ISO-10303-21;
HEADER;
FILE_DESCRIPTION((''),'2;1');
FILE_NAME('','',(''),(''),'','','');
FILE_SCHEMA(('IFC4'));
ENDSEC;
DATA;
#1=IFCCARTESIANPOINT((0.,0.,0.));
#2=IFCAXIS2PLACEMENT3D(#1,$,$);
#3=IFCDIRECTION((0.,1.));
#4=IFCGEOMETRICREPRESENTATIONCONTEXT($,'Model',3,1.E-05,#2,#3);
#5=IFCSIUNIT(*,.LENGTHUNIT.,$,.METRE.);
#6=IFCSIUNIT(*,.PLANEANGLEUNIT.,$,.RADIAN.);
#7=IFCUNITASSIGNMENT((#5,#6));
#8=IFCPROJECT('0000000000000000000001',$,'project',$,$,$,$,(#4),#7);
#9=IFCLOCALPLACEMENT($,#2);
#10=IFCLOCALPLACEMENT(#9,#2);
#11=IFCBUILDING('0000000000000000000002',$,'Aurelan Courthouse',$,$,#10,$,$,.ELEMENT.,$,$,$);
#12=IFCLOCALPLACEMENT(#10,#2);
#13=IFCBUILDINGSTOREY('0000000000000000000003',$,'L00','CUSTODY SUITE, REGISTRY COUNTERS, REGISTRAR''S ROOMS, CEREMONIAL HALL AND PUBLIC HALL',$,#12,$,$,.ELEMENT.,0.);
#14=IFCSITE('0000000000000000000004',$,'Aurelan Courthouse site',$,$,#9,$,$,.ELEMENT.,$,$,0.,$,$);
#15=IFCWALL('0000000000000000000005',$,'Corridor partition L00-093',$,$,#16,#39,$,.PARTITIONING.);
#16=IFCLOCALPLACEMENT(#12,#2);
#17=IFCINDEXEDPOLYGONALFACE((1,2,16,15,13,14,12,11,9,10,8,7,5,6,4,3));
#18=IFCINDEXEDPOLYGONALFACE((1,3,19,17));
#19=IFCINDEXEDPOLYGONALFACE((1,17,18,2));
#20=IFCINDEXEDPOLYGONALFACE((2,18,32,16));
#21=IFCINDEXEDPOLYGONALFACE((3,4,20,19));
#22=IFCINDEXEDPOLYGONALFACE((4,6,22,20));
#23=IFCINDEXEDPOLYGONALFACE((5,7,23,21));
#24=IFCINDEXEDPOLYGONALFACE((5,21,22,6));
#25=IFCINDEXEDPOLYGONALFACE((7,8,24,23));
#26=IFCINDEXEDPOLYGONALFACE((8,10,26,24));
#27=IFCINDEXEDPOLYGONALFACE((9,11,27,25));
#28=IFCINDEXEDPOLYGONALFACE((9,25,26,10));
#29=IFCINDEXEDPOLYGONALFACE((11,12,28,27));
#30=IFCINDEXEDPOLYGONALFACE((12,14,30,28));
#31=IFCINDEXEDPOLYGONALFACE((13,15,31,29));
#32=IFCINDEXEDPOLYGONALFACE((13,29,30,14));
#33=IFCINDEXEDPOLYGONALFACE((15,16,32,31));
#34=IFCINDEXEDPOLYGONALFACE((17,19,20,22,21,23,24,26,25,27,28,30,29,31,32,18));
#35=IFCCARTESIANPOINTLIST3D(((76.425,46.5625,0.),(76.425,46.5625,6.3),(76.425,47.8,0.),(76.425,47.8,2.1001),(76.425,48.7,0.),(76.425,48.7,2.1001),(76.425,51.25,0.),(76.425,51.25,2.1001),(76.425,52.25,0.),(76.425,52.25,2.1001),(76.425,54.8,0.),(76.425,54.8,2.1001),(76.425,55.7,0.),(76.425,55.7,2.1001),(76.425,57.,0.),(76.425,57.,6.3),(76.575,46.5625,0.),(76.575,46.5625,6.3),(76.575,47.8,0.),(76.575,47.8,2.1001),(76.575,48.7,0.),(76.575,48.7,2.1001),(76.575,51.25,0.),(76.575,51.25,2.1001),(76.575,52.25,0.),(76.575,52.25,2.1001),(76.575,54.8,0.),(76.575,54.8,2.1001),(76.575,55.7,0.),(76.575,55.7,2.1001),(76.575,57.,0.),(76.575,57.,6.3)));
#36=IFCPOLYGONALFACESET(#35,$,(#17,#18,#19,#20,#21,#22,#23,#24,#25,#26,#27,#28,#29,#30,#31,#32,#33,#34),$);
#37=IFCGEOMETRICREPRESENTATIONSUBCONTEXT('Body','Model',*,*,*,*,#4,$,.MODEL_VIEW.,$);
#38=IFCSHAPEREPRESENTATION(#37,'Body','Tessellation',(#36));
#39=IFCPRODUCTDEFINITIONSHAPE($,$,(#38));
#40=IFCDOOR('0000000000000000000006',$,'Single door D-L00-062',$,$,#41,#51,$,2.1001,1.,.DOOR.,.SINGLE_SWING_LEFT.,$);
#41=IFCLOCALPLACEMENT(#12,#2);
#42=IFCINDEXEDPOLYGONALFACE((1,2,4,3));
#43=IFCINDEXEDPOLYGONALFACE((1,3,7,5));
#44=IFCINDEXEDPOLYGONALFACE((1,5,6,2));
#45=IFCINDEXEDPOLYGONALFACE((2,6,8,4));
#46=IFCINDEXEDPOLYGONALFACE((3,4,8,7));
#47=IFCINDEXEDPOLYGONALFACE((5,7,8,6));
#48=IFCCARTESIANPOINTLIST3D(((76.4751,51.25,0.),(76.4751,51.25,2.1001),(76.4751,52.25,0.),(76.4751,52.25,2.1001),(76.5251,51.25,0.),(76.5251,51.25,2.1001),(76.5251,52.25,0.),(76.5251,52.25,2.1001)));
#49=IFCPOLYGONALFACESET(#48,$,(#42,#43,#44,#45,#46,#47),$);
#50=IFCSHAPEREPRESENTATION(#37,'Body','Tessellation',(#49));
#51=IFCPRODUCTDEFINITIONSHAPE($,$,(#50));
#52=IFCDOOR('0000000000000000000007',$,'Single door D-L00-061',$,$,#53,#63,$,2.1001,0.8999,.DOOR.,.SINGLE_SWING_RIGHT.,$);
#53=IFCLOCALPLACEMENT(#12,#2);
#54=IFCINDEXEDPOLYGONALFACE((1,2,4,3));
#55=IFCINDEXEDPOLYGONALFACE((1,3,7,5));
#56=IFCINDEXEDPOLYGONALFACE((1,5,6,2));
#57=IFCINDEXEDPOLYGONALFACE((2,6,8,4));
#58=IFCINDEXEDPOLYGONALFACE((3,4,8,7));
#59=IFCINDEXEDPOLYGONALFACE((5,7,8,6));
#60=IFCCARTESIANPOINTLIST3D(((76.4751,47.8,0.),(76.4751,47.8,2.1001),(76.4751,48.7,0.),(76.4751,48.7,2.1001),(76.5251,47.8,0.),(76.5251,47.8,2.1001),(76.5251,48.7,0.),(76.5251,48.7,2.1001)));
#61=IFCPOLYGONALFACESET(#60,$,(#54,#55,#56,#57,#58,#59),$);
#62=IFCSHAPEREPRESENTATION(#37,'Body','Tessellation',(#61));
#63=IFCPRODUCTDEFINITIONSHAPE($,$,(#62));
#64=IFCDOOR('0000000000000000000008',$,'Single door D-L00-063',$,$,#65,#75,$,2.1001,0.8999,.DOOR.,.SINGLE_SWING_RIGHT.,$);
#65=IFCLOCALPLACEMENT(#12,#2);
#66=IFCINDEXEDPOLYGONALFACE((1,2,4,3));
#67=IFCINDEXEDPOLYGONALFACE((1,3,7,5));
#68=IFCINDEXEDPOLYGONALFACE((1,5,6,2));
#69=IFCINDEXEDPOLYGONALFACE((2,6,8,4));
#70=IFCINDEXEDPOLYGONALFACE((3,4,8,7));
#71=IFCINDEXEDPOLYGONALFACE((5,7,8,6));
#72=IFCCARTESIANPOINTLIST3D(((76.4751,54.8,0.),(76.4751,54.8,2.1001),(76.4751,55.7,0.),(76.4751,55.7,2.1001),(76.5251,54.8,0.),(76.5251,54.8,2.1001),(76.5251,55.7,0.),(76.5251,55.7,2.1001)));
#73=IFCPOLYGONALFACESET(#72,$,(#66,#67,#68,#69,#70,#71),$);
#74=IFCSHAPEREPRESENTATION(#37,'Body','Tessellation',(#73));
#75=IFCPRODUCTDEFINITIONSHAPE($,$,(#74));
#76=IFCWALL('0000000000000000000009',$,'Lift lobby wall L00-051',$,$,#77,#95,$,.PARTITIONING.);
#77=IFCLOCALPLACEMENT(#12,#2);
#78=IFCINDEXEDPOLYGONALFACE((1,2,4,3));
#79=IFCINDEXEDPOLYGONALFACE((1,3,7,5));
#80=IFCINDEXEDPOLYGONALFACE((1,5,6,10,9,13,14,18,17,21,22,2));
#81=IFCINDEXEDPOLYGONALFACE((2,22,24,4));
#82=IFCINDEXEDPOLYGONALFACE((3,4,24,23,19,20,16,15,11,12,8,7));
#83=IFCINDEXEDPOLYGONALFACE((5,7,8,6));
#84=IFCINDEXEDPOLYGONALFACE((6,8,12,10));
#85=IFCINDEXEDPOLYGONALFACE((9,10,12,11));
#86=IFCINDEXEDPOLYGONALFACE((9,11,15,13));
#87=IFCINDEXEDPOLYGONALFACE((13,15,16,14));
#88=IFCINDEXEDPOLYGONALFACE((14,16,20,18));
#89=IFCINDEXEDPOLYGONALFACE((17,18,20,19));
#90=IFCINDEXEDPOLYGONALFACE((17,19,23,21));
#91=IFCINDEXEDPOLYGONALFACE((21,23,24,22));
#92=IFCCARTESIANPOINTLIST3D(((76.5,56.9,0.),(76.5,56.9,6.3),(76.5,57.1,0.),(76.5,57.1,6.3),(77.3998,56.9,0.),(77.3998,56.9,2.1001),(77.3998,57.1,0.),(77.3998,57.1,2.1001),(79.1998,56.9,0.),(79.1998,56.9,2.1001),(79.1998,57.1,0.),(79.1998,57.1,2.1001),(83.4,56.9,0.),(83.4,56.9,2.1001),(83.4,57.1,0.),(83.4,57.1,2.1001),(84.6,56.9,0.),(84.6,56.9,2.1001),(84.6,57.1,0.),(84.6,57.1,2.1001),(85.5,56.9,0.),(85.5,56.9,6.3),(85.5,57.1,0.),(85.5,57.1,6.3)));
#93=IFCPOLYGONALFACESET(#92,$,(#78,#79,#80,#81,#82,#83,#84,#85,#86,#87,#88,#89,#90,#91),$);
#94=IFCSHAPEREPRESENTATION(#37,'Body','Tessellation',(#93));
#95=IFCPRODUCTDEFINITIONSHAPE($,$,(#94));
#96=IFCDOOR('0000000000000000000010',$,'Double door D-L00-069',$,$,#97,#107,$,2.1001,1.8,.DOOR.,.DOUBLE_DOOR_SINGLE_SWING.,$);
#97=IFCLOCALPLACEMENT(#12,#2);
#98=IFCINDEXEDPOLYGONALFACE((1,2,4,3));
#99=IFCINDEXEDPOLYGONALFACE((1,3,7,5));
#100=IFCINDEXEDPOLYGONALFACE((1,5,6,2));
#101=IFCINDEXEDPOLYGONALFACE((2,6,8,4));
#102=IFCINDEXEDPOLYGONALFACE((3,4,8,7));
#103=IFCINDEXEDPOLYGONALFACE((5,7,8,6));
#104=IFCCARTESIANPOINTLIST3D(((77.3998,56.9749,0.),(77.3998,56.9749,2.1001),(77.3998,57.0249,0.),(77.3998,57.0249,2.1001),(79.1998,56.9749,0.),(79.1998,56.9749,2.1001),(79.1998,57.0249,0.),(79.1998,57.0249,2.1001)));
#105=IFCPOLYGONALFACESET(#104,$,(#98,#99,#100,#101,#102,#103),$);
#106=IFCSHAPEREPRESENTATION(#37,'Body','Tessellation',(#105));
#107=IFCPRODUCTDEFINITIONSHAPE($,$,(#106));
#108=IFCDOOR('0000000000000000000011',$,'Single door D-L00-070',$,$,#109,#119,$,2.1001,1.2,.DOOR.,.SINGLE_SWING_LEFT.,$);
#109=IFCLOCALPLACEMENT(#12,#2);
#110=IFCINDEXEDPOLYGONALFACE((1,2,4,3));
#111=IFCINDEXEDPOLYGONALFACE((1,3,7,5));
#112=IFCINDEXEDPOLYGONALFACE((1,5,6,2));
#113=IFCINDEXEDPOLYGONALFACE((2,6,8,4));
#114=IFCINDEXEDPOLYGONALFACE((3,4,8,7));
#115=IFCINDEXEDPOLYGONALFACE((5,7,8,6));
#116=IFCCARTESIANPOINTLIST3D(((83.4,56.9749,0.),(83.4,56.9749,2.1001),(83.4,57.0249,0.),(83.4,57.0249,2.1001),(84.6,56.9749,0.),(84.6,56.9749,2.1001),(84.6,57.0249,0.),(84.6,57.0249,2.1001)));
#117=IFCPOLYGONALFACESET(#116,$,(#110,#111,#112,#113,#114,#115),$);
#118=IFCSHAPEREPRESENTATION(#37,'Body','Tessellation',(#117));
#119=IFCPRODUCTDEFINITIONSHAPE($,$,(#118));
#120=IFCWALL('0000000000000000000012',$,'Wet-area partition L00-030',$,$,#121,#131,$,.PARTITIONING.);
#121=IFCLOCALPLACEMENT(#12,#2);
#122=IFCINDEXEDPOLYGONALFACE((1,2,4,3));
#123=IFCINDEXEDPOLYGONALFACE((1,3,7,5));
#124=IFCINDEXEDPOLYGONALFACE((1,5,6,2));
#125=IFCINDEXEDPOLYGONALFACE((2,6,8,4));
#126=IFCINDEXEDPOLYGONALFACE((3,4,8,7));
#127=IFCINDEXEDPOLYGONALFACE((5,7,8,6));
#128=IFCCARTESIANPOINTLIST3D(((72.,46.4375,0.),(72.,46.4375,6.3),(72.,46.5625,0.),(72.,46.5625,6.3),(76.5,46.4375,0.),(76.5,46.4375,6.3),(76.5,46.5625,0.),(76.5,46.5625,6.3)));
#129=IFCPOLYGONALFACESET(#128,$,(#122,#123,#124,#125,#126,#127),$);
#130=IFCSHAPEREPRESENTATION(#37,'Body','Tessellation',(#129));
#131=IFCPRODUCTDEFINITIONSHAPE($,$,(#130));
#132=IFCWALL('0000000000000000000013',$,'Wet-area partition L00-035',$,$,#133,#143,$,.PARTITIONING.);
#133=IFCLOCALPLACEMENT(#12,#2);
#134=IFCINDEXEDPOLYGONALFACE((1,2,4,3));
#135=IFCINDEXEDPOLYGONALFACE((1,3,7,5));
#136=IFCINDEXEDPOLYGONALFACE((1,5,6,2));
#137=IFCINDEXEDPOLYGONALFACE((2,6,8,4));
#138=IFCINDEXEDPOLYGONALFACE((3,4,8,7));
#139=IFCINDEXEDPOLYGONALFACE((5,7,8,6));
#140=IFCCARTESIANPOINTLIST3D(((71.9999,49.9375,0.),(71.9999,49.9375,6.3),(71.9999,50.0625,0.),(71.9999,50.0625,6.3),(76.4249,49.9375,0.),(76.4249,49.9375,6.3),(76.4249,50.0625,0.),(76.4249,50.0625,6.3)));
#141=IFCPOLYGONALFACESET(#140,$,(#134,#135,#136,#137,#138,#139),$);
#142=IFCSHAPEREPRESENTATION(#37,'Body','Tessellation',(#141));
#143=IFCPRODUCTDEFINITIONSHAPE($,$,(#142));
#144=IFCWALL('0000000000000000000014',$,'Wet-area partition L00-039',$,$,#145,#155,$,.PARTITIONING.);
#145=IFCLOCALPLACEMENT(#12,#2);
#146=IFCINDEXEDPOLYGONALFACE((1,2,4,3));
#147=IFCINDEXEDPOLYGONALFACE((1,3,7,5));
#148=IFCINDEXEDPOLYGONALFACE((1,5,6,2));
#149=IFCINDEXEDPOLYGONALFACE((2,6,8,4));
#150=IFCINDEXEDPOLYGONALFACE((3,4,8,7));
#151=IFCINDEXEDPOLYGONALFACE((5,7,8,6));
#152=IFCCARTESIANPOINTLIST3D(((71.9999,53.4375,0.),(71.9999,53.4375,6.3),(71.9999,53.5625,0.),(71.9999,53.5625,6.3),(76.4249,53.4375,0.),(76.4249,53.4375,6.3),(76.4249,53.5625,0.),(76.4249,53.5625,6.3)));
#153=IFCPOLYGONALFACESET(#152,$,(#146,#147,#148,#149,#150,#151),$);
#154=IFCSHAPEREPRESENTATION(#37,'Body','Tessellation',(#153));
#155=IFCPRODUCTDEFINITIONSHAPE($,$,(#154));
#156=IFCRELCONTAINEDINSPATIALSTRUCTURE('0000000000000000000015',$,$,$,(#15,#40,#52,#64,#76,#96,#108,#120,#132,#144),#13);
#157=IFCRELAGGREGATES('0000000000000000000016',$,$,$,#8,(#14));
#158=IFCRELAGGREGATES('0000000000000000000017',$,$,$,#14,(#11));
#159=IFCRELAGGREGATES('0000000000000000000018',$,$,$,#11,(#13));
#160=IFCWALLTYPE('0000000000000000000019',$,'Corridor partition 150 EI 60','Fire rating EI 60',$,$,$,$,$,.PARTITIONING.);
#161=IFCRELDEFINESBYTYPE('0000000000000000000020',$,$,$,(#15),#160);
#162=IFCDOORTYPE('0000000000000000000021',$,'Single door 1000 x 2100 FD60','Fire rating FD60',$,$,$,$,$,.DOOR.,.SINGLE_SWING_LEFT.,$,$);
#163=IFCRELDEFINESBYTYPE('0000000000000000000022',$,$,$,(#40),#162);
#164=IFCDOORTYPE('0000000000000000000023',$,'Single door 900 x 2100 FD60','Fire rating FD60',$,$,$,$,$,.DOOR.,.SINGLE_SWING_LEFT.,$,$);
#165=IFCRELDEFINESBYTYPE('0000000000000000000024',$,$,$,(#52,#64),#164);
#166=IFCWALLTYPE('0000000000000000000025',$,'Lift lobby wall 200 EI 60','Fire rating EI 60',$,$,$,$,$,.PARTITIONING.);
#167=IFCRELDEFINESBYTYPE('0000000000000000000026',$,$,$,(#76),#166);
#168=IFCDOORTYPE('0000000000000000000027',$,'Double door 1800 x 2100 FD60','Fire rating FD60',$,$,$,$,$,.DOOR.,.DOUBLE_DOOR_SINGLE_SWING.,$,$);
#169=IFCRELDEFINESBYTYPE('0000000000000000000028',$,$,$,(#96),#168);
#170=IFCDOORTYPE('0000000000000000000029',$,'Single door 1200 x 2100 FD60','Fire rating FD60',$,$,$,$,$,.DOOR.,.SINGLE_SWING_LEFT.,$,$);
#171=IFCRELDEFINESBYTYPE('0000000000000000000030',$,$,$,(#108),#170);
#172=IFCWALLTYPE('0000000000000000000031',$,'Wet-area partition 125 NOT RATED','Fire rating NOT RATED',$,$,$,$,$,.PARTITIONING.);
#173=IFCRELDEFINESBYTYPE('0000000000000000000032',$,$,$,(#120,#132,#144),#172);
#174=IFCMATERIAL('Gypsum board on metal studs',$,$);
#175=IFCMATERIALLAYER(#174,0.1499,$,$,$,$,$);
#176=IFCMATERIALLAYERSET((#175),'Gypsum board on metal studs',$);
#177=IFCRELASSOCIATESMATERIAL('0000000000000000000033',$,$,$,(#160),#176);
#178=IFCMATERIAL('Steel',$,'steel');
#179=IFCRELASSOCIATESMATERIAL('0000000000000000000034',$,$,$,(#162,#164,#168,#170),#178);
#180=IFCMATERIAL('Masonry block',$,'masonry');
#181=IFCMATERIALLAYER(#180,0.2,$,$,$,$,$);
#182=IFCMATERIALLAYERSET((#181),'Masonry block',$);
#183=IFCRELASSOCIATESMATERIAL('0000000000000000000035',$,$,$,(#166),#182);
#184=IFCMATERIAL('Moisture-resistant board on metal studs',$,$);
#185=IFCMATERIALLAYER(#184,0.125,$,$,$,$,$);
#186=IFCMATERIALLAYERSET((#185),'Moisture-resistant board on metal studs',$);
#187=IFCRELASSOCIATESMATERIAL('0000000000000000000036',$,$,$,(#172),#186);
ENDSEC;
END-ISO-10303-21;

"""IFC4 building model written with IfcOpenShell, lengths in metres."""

from ifc_helpers import new_model, si_unit, direction, frame, frame_2d, origin, place, context, subcontext, project, spatial, rectangle, extrude, material, layer, layer_set, type_object, element, fill, save


model = new_model("IFC4")

# Units and contexts
model_context = context("Model", 3, precision=1e-05, world=origin(), true_north=direction((0.0, 1.0)))
body_context = subcontext(model_context, "Body", "Model", "MODEL_VIEW")
ifc_project = project(units=[si_unit("LENGTHUNIT", "METRE"), si_unit("PLANEANGLEUNIT", "RADIAN")], contexts=[model_context])

# Site, building, storey
site_placement = place(None, origin())
site = spatial("IfcSite", under=ifc_project, at=site_placement, Name="Aurelan Courthouse site", CompositionType="ELEMENT", RefElevation=0.0)
building_placement = place(site_placement, origin())
building = spatial("IfcBuilding", under=site, at=building_placement, Name="Aurelan Courthouse", CompositionType="ELEMENT")
storey_placement = place(building_placement, origin())
storey = spatial("IfcBuildingStorey", under=building, at=storey_placement, Name="L00", Description="CUSTODY SUITE, REGISTRY COUNTERS, REGISTRAR'S ROOMS, CEREMONIAL HALL AND PUBLIC HALL", CompositionType="ELEMENT", Elevation=0.0)

# Shared definitions
ifc_material_1 = material(Name="Gypsum board on metal studs")
ifc_layer_1 = layer(ifc_material_1, 0.1499)
ifc_layer_set_1 = layer_set([ifc_layer_1], Name="Gypsum board on metal studs")
wall_type_1 = type_object("IfcWallType", Name="Corridor partition 150 EI 60", Description="Fire rating EI 60", PredefinedType="PARTITIONING", material=ifc_layer_set_1)
ifc_material_2 = material(Name="Steel", Category="steel")

# Walls, openings, doors
wall_1_placement = place(storey_placement, frame((76.5, 46.5625, 0.0), z_axis=(0.0, 0.0, 1.0), x_axis=(0.0, 1.0, 0.0)))
wall_1 = element("IfcWall", 1, at=wall_1_placement, inside=storey, type_object=wall_type_1, Name="Corridor partition L00-093", PredefinedType="PARTITIONING", context=body_context, shape_type="SweptSolid", body=[
    extrude(rectangle(XDim=10.4375, YDim=0.1499, at=frame_2d((5.2188, 0.0))), origin(), (0.0, 0.0, 1.0), 6.3),
])
opening_1_placement = place(wall_1_placement, frame((1.2375, 0.0, 0.0)))
opening_1 = element("IfcOpeningElement", 2, at=opening_1_placement, cuts=wall_1, PredefinedType="OPENING", context=body_context, shape_type="SweptSolid", body=[
    extrude(rectangle(XDim=0.8999, YDim=2.1001, at=frame_2d((0.45, 1.05))), frame((0.0, 0.085, 0.0), z_axis=(0.0, -1.0, 0.0), x_axis=(1.0, 0.0, 0.0)), (0.0, 0.0, 1.0), 0.1699),
])
opening_2_placement = place(wall_1_placement, frame((4.6875, 0.0, 0.0)))
opening_2 = element("IfcOpeningElement", 3, at=opening_2_placement, cuts=wall_1, PredefinedType="OPENING", context=body_context, shape_type="SweptSolid", body=[
    extrude(rectangle(XDim=1.0, YDim=2.1001, at=frame_2d((0.5, 1.05))), frame((0.0, 0.085, 0.0), z_axis=(0.0, -1.0, 0.0), x_axis=(1.0, 0.0, 0.0)), (0.0, 0.0, 1.0), 0.1699),
])
opening_3_placement = place(wall_1_placement, frame((8.2375, 0.0, 0.0)))
opening_3 = element("IfcOpeningElement", 4, at=opening_3_placement, cuts=wall_1, PredefinedType="OPENING", context=body_context, shape_type="SweptSolid", body=[
    extrude(rectangle(XDim=0.8999, YDim=2.1001, at=frame_2d((0.45, 1.05))), frame((0.0, 0.085, 0.0), z_axis=(0.0, -1.0, 0.0), x_axis=(1.0, 0.0, 0.0)), (0.0, 0.0, 1.0), 0.1699),
])
door_type_1 = type_object("IfcDoorType", Name="Single door 1000 x 2100 FD60", Description="Fire rating FD60", OperationType="SINGLE_SWING_LEFT", PredefinedType="DOOR", material=ifc_material_2)
door_1_placement = place(opening_2_placement, origin())
door_1 = element("IfcDoor", 5, at=door_1_placement, inside=storey, type_object=door_type_1, Name="Single door D-L00-062", OperationType="SINGLE_SWING_LEFT", OverallHeight=2.1001, OverallWidth=1.0, PredefinedType="DOOR", context=body_context, shape_type="SweptSolid", body=[
    extrude(rectangle(XDim=1.0, YDim=2.1001, at=frame_2d((0.5, 1.05))), frame((0.0, 0.0249, 0.0), z_axis=(0.0, -1.0, 0.0), x_axis=(1.0, 0.0, 0.0)), (0.0, 0.0, 1.0), 0.05),
])
fill(opening_2, door_1)
door_type_2 = type_object("IfcDoorType", Name="Single door 900 x 2100 FD60", Description="Fire rating FD60", OperationType="SINGLE_SWING_LEFT", PredefinedType="DOOR", material=ifc_material_2)
door_2_placement = place(opening_1_placement, origin())
door_2 = element("IfcDoor", 6, at=door_2_placement, inside=storey, type_object=door_type_2, Name="Single door D-L00-061", OperationType="SINGLE_SWING_RIGHT", OverallHeight=2.1001, OverallWidth=0.8999, PredefinedType="DOOR", context=body_context, shape_type="SweptSolid", body=[
    extrude(rectangle(XDim=0.8999, YDim=2.1001, at=frame_2d((0.45, 1.05))), frame((0.0, 0.0249, 0.0), z_axis=(0.0, -1.0, 0.0), x_axis=(1.0, 0.0, 0.0)), (0.0, 0.0, 1.0), 0.05),
])
fill(opening_1, door_2)
door_3_placement = place(opening_3_placement, origin())
door_3 = element("IfcDoor", 7, at=door_3_placement, inside=storey, type_object=door_type_2, Name="Single door D-L00-063", OperationType="SINGLE_SWING_RIGHT", OverallHeight=2.1001, OverallWidth=0.8999, PredefinedType="DOOR", context=body_context, shape_type="SweptSolid", body=[
    extrude(rectangle(XDim=0.8999, YDim=2.1001, at=frame_2d((0.45, 1.05))), frame((0.0, 0.0249, 0.0), z_axis=(0.0, -1.0, 0.0), x_axis=(1.0, 0.0, 0.0)), (0.0, 0.0, 1.0), 0.05),
])
fill(opening_3, door_3)
ifc_material_3 = material(Name="Masonry block", Category="masonry")
ifc_layer_2 = layer(ifc_material_3, 0.2)
ifc_layer_set_2 = layer_set([ifc_layer_2], Name="Masonry block")
wall_type_2 = type_object("IfcWallType", Name="Lift lobby wall 200 EI 60", Description="Fire rating EI 60", PredefinedType="PARTITIONING", material=ifc_layer_set_2)
wall_2_placement = place(storey_placement, frame((76.5, 57.0, 0.0), z_axis=(0.0, 0.0, 1.0), x_axis=(1.0, 0.0, 0.0)))
wall_2 = element("IfcWall", 8, at=wall_2_placement, inside=storey, type_object=wall_type_2, Name="Lift lobby wall L00-051", PredefinedType="PARTITIONING", context=body_context, shape_type="SweptSolid", body=[
    extrude(rectangle(XDim=9.0, YDim=0.2, at=frame_2d((4.5, 0.0))), origin(), (0.0, 0.0, 1.0), 6.3),
])
opening_4_placement = place(wall_2_placement, frame((0.8999, 0.0, 0.0)))
opening_4 = element("IfcOpeningElement", 9, at=opening_4_placement, cuts=wall_2, PredefinedType="OPENING", context=body_context, shape_type="SweptSolid", body=[
    extrude(rectangle(XDim=1.8, YDim=2.1001, at=frame_2d((0.8999, 1.05))), frame((0.0, 0.1099, 0.0), z_axis=(0.0, -1.0, 0.0), x_axis=(1.0, 0.0, 0.0)), (0.0, 0.0, 1.0), 0.22),
])
opening_5_placement = place(wall_2_placement, frame((6.8999, 0.0, 0.0)))
opening_5 = element("IfcOpeningElement", 10, at=opening_5_placement, cuts=wall_2, PredefinedType="OPENING", context=body_context, shape_type="SweptSolid", body=[
    extrude(rectangle(XDim=1.2, YDim=2.1001, at=frame_2d((0.6001, 1.05))), frame((0.0, 0.1099, 0.0), z_axis=(0.0, -1.0, 0.0), x_axis=(1.0, 0.0, 0.0)), (0.0, 0.0, 1.0), 0.22),
])
door_type_3 = type_object("IfcDoorType", Name="Double door 1800 x 2100 FD60", Description="Fire rating FD60", OperationType="DOUBLE_DOOR_SINGLE_SWING", PredefinedType="DOOR", material=ifc_material_2)
door_4_placement = place(opening_4_placement, origin())
door_4 = element("IfcDoor", 11, at=door_4_placement, inside=storey, type_object=door_type_3, Name="Double door D-L00-069", OperationType="DOUBLE_DOOR_SINGLE_SWING", OverallHeight=2.1001, OverallWidth=1.8, PredefinedType="DOOR", context=body_context, shape_type="SweptSolid", body=[
    extrude(rectangle(XDim=1.8, YDim=2.1001, at=frame_2d((0.8999, 1.05))), frame((0.0, 0.0249, 0.0), z_axis=(0.0, -1.0, 0.0), x_axis=(1.0, 0.0, 0.0)), (0.0, 0.0, 1.0), 0.05),
])
fill(opening_4, door_4)
door_type_4 = type_object("IfcDoorType", Name="Single door 1200 x 2100 FD60", Description="Fire rating FD60", OperationType="SINGLE_SWING_LEFT", PredefinedType="DOOR", material=ifc_material_2)
door_5_placement = place(opening_5_placement, origin())
door_5 = element("IfcDoor", 12, at=door_5_placement, inside=storey, type_object=door_type_4, Name="Single door D-L00-070", OperationType="SINGLE_SWING_LEFT", OverallHeight=2.1001, OverallWidth=1.2, PredefinedType="DOOR", context=body_context, shape_type="SweptSolid", body=[
    extrude(rectangle(XDim=1.2, YDim=2.1001, at=frame_2d((0.6001, 1.05))), frame((0.0, 0.0249, 0.0), z_axis=(0.0, -1.0, 0.0), x_axis=(1.0, 0.0, 0.0)), (0.0, 0.0, 1.0), 0.05),
])
fill(opening_5, door_5)

# Walls
ifc_material_4 = material(Name="Moisture-resistant board on metal studs")
ifc_layer_3 = layer(ifc_material_4, 0.125)
ifc_layer_set_3 = layer_set([ifc_layer_3], Name="Moisture-resistant board on metal studs")
wall_type_3 = type_object("IfcWallType", Name="Wet-area partition 125 NOT RATED", Description="Fire rating NOT RATED", PredefinedType="PARTITIONING", material=ifc_layer_set_3)
wall_3_placement = place(storey_placement, frame((72.0, 46.5, 0.0), z_axis=(0.0, 0.0, 1.0), x_axis=(1.0, 0.0, 0.0)))
element("IfcWall", 13, at=wall_3_placement, inside=storey, type_object=wall_type_3, Name="Wet-area partition L00-030", PredefinedType="PARTITIONING", context=body_context, shape_type="SweptSolid", body=[
    extrude(rectangle(XDim=4.5, YDim=0.125, at=frame_2d((2.25, 0.0))), origin(), (0.0, 0.0, 1.0), 6.3),
])
for number, where, z_axis, x_axis, name in (
    (14, (72.0, 50.0, 0.0), (0.0, 0.0, 1.0), (1.0, 0.0, 0.0), "Wet-area partition L00-035"),
    (15, (72.0, 53.5, 0.0), (0.0, 0.0, 1.0), (1.0, 0.0, 0.0), "Wet-area partition L00-039"),
):
    element("IfcWall", number, at=place(storey_placement, frame(where, z_axis=z_axis, x_axis=x_axis)), inside=storey, type_object=wall_type_3, Name=name, PredefinedType="PARTITIONING", context=body_context, shape_type="SweptSolid", body=[
        extrude(rectangle(XDim=4.425, YDim=0.125, at=frame_2d((2.2124, 0.0))), origin(), (0.0, 0.0, 1.0), 6.3),
    ])

save(model, "model.ifc")
